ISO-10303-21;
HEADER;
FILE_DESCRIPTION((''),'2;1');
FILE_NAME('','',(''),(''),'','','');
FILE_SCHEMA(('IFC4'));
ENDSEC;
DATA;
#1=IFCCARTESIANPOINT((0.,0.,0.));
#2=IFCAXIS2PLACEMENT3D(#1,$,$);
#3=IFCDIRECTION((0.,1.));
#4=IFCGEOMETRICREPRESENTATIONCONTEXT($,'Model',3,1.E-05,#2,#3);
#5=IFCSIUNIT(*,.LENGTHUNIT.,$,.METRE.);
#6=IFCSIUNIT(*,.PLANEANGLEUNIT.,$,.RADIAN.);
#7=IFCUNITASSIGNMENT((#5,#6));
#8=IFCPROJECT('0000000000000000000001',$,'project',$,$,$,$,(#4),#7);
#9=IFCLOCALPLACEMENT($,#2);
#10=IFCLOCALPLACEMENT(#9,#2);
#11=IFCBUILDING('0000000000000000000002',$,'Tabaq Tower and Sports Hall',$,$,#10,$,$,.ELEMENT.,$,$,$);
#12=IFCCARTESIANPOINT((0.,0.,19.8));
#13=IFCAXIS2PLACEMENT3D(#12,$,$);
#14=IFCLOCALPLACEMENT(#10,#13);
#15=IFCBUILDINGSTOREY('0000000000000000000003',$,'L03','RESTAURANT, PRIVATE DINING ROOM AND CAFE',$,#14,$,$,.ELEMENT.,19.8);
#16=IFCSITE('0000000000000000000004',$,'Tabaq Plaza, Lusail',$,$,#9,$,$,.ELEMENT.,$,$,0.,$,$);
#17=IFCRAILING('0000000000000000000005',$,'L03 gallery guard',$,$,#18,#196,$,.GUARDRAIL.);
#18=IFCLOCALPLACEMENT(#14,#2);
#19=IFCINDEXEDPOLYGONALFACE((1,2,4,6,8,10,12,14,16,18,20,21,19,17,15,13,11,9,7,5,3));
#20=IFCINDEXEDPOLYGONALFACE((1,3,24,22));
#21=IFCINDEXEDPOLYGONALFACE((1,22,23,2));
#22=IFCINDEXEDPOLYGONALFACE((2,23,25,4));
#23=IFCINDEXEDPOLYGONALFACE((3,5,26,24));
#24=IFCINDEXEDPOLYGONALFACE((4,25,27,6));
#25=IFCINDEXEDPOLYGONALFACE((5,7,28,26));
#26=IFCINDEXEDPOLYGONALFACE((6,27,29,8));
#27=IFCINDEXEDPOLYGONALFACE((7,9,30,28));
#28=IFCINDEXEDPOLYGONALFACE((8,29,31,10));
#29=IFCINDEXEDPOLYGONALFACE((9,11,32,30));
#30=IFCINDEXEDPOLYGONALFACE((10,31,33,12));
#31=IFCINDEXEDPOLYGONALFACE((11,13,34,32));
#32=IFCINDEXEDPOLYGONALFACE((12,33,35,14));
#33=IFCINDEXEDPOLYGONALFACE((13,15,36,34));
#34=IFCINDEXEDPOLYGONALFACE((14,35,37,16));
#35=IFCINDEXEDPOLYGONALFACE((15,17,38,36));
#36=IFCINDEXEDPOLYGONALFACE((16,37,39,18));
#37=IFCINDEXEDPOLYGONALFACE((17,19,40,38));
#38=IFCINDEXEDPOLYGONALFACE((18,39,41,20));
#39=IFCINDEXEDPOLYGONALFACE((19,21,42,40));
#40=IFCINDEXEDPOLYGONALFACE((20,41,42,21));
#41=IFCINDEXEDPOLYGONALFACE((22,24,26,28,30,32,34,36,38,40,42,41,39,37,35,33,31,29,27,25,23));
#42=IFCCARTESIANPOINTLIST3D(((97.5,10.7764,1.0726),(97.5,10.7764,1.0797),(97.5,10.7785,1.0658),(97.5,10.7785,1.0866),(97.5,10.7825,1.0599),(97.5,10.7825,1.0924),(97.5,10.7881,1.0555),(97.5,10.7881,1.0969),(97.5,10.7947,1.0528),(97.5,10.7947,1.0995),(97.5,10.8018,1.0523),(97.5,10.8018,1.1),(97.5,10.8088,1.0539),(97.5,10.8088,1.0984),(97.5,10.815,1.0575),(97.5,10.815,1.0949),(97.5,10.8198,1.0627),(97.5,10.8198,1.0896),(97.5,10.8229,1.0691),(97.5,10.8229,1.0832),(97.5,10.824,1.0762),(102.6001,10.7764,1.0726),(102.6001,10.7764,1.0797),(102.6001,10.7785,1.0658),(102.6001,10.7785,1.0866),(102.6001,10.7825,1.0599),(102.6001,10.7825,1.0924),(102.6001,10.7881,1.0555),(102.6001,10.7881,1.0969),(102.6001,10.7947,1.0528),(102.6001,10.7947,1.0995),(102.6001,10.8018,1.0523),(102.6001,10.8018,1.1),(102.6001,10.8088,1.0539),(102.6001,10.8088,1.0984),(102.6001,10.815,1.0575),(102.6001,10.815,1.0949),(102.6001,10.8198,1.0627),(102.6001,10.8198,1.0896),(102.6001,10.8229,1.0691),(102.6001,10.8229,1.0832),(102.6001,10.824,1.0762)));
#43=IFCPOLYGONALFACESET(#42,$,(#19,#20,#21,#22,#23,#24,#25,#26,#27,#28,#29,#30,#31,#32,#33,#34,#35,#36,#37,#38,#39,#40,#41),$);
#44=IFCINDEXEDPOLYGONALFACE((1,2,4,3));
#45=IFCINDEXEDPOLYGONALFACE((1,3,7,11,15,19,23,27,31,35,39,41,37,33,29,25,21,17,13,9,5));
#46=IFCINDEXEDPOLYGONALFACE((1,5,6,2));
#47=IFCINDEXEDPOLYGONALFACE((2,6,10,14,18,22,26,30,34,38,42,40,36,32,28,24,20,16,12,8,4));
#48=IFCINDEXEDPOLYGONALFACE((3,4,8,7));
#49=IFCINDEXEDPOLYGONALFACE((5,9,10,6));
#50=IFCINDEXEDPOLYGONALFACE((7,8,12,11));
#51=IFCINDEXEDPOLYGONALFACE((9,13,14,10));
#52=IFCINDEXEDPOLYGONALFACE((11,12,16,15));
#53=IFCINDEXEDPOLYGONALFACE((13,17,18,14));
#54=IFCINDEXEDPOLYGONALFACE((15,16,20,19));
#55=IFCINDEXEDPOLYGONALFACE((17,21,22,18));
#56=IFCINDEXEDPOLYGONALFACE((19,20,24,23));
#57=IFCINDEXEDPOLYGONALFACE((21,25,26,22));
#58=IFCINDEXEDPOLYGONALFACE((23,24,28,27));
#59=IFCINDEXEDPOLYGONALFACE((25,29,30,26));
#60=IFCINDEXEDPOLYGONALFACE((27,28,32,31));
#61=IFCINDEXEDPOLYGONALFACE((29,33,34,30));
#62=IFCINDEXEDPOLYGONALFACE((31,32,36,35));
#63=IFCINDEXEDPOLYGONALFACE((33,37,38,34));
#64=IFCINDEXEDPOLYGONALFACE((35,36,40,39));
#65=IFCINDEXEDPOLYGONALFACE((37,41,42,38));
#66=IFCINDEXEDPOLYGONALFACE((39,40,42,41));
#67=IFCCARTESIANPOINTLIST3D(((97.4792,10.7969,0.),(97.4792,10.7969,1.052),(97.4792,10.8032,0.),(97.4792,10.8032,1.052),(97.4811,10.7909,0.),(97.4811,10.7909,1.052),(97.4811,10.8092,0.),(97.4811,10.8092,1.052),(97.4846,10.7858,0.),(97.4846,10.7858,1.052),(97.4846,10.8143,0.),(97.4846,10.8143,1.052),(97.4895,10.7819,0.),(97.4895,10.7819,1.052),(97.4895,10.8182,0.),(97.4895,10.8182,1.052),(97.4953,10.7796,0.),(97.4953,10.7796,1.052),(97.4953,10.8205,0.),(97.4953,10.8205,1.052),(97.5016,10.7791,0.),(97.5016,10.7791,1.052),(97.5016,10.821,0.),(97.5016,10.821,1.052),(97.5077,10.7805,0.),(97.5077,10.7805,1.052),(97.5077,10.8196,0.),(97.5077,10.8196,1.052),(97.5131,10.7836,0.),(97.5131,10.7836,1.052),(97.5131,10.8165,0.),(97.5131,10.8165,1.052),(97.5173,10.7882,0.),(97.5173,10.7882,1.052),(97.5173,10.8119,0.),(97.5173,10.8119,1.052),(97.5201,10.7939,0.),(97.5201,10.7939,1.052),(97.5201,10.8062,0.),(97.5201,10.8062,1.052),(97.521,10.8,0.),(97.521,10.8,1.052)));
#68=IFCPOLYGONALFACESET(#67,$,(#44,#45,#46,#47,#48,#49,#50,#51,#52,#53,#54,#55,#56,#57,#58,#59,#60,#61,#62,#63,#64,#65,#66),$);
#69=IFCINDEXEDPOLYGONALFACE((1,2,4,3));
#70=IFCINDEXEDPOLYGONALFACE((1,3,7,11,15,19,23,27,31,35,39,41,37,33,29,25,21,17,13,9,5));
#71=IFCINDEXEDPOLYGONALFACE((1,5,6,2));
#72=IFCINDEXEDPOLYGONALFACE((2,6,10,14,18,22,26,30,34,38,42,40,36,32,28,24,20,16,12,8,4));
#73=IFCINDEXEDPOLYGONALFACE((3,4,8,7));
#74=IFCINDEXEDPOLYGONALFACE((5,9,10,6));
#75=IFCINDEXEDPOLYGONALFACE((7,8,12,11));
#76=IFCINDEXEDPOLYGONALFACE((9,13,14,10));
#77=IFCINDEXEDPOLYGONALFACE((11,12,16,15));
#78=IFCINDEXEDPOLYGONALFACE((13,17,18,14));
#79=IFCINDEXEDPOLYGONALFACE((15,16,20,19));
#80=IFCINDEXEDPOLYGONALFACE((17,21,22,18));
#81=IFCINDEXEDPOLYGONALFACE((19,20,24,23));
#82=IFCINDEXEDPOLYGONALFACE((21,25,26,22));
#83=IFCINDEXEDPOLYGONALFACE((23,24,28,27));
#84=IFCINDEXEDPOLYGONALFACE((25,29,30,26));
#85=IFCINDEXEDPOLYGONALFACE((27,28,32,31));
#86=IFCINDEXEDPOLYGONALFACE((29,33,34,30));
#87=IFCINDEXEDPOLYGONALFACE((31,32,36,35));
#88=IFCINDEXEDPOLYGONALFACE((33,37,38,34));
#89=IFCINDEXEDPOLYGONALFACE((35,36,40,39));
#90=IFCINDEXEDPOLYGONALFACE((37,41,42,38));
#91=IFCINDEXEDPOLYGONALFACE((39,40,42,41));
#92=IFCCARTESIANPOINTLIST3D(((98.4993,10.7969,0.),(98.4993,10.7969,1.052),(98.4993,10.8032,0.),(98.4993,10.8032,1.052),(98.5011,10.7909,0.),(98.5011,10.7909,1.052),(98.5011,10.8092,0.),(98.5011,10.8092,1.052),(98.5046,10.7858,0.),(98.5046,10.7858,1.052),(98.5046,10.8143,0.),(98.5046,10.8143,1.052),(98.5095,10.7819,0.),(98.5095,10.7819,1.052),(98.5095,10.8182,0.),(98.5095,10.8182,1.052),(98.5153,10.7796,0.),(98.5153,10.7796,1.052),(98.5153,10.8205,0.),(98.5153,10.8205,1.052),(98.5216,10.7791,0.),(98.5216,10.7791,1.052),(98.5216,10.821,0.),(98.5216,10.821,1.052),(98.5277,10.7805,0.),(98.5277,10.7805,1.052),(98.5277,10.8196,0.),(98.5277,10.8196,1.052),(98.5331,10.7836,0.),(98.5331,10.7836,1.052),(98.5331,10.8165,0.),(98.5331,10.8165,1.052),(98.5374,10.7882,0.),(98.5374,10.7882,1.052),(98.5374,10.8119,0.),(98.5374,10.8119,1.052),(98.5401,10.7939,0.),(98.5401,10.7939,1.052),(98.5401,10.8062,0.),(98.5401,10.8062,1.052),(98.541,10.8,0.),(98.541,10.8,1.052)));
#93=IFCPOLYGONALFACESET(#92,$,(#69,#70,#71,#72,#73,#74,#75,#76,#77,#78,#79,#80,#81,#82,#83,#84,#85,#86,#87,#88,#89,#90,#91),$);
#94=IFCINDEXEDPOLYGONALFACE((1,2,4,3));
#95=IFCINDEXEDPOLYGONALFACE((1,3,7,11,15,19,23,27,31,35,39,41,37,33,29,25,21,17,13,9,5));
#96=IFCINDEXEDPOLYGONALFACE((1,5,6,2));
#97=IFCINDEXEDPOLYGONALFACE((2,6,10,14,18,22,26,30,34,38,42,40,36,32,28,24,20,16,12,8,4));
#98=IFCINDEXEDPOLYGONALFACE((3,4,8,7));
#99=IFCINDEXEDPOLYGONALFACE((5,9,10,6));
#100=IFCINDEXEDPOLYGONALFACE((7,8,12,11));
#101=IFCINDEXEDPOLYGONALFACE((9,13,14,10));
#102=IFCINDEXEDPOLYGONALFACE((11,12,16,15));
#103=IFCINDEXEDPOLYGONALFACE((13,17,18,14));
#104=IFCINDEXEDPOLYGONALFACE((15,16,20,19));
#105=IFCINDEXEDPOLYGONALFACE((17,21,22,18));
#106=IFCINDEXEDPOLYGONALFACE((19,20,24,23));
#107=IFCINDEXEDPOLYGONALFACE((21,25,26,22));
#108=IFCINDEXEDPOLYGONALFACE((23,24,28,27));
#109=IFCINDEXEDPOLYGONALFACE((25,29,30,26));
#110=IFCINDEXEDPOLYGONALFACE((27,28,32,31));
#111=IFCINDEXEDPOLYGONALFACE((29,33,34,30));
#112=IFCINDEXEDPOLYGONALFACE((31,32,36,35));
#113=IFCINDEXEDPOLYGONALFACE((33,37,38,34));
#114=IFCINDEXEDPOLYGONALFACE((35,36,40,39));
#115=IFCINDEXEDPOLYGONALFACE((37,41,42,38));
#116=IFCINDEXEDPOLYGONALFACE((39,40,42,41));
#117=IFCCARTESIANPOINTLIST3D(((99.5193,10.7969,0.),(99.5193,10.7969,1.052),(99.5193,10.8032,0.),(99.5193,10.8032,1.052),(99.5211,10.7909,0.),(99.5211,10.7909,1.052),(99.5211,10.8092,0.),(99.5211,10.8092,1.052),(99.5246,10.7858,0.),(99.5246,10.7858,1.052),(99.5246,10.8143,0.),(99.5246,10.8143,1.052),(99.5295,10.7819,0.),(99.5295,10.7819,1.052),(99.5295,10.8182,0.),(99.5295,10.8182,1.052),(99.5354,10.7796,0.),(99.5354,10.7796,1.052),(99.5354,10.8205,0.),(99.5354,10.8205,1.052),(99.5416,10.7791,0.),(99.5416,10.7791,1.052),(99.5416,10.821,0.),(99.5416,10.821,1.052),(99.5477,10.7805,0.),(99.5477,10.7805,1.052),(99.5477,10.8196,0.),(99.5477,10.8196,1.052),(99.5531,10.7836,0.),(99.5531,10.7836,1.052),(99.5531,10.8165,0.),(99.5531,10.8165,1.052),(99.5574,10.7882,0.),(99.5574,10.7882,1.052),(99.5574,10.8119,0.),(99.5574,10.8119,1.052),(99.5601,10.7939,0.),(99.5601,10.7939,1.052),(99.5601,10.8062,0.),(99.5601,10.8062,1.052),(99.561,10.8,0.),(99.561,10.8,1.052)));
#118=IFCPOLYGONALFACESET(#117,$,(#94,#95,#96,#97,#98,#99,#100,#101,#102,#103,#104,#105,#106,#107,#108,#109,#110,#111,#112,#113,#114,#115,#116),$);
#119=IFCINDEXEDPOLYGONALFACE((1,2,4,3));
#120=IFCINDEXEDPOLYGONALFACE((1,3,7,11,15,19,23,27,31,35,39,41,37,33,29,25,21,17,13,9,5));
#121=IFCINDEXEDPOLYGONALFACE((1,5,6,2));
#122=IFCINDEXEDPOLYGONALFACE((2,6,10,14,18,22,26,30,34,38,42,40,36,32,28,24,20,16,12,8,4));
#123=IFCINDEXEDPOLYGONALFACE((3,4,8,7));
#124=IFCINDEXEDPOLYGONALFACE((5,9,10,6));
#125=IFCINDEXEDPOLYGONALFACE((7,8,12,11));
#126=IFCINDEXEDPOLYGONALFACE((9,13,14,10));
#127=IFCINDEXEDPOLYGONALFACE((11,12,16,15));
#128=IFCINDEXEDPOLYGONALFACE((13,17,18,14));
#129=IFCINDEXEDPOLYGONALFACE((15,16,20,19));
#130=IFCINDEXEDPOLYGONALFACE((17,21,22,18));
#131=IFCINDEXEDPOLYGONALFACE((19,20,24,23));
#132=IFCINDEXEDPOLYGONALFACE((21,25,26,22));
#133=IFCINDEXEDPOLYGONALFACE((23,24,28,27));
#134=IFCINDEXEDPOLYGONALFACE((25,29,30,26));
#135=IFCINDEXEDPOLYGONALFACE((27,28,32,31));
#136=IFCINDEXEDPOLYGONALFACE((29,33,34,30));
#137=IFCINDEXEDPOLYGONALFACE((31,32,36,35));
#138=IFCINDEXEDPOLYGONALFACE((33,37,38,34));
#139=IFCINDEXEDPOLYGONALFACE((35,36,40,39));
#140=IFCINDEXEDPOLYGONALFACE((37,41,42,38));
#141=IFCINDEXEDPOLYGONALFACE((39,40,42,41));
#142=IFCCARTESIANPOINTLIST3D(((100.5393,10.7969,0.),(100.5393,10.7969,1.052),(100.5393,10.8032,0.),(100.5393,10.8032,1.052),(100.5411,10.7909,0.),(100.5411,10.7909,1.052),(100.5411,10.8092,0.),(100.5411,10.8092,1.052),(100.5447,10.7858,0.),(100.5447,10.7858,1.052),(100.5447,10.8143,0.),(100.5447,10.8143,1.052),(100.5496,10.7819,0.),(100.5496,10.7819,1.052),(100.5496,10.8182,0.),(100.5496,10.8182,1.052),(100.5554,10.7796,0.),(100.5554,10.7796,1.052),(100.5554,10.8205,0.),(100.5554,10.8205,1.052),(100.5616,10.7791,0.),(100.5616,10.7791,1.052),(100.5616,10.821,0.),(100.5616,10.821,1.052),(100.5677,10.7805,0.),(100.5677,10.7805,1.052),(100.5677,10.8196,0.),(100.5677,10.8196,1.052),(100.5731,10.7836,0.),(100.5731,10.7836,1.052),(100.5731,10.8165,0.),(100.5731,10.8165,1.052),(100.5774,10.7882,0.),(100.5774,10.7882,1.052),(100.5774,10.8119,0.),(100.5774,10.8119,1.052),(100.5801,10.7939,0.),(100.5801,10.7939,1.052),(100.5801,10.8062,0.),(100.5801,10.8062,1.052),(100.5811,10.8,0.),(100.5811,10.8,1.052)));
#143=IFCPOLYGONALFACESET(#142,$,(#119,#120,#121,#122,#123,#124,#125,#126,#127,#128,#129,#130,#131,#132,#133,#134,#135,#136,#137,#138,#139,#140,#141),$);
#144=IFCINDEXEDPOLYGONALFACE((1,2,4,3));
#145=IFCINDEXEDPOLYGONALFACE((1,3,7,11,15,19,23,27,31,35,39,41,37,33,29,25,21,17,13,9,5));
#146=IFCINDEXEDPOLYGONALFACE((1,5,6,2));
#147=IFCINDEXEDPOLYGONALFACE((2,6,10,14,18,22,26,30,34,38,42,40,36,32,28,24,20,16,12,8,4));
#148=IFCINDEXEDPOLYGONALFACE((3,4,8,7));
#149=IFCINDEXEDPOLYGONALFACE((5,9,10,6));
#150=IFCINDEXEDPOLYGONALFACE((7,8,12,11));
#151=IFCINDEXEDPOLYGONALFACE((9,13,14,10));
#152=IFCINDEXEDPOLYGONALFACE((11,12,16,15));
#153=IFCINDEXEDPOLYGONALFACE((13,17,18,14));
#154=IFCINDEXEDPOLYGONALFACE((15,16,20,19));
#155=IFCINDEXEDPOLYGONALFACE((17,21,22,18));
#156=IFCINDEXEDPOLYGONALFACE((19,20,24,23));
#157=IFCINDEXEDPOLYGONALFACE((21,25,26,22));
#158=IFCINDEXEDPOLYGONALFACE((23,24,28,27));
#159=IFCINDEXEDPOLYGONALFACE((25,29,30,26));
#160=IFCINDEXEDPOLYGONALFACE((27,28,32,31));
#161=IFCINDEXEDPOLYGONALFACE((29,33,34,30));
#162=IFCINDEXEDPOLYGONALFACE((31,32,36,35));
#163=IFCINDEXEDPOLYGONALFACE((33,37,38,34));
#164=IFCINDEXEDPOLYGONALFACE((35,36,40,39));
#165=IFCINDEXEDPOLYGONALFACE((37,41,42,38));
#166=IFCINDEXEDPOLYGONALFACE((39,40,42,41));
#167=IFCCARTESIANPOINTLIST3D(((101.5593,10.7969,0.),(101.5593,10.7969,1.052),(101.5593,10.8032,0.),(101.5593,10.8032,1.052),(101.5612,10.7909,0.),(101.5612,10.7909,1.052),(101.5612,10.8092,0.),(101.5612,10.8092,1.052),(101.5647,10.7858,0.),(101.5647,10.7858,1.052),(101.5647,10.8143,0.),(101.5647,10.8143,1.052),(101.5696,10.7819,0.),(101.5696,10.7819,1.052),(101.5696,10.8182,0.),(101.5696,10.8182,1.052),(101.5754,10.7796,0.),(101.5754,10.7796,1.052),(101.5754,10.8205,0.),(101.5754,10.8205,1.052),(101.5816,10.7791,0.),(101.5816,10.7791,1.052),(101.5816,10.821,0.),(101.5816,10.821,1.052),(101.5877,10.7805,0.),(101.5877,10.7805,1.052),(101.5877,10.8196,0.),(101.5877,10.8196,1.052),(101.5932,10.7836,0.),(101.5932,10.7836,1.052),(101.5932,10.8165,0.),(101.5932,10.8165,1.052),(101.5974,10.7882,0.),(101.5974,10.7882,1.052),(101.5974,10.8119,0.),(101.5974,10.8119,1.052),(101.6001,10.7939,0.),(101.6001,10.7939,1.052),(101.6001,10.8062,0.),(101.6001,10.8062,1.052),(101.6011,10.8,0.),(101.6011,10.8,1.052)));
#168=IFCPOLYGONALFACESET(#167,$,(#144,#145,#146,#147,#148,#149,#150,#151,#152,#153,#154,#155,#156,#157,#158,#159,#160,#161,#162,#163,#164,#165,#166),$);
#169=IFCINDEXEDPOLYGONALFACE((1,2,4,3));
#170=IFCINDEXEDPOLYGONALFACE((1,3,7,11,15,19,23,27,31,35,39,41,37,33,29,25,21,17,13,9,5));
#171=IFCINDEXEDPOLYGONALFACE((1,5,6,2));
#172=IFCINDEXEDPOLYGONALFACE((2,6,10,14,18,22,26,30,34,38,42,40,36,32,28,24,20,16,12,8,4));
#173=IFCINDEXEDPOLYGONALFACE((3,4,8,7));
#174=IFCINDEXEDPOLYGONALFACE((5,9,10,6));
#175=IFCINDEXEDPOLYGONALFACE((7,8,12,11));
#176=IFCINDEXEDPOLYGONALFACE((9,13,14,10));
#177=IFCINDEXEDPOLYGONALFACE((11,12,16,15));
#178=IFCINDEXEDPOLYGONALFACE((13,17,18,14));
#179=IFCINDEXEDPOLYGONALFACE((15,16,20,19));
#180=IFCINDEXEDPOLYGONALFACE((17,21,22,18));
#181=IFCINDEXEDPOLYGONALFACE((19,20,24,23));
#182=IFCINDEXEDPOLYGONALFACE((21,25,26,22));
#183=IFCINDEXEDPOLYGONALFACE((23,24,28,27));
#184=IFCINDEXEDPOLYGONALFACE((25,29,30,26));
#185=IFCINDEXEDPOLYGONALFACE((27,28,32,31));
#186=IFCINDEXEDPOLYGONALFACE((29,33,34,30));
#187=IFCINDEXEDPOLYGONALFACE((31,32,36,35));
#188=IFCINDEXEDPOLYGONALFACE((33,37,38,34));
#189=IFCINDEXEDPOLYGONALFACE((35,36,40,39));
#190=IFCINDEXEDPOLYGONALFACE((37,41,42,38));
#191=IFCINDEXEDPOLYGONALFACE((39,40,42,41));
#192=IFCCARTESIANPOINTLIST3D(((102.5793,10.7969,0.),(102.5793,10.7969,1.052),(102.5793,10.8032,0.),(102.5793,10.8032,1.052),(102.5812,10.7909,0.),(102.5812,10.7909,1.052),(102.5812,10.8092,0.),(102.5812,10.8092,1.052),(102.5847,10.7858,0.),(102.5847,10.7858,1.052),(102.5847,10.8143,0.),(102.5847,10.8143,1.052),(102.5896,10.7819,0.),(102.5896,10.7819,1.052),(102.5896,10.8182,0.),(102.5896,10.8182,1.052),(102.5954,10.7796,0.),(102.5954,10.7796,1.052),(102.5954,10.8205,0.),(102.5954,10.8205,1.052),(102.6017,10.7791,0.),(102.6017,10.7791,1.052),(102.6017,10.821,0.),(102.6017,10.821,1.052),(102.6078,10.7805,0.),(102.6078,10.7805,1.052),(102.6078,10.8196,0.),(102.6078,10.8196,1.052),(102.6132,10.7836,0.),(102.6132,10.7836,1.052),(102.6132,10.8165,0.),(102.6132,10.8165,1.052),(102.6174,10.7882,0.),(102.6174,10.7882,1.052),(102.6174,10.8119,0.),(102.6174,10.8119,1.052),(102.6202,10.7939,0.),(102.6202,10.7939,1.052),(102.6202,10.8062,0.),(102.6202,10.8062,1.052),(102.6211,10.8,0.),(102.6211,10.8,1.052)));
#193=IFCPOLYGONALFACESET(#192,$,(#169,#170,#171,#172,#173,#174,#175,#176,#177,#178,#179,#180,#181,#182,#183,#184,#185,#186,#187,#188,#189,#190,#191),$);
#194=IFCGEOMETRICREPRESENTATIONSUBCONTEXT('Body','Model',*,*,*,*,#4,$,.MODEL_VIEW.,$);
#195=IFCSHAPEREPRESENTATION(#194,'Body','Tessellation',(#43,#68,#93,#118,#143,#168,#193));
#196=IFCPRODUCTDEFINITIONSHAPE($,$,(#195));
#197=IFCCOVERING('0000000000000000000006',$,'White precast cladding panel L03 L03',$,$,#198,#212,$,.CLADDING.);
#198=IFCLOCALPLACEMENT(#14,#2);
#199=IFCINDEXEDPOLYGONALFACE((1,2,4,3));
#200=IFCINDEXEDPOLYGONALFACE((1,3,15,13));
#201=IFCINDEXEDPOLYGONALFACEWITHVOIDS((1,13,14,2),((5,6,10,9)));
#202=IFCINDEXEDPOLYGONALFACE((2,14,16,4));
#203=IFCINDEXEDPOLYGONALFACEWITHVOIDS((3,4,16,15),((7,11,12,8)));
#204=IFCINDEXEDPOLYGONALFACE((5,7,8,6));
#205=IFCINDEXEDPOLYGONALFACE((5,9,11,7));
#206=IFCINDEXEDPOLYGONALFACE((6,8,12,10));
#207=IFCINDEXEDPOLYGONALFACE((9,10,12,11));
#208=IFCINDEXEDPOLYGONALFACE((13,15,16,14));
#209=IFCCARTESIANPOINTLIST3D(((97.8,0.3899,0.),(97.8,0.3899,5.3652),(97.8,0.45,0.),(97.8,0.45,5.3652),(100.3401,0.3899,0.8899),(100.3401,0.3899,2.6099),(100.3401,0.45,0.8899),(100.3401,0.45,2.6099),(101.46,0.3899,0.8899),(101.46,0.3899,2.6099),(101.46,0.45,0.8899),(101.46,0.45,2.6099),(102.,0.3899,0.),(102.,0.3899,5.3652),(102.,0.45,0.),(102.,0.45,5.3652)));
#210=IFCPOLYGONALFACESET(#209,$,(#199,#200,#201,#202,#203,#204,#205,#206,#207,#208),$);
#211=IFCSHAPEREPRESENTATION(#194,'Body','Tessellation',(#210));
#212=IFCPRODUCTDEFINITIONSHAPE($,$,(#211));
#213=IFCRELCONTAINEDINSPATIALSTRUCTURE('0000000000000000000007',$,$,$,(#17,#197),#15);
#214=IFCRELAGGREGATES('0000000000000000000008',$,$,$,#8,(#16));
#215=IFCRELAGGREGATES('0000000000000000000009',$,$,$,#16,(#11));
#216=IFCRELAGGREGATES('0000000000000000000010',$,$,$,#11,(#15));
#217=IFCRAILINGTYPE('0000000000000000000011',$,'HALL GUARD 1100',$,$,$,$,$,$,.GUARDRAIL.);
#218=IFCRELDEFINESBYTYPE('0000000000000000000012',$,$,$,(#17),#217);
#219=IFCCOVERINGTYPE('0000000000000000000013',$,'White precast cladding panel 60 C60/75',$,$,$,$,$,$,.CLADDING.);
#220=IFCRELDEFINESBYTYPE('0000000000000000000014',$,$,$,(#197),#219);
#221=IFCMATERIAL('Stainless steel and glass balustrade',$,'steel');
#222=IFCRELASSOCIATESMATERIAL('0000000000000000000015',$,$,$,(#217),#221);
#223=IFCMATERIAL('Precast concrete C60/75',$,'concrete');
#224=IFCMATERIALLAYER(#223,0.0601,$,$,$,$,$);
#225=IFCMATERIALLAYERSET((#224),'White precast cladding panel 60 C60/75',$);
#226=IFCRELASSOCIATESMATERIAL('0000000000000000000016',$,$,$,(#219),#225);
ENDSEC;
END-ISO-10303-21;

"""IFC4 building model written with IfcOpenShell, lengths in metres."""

from ifc_helpers import new_model, si_unit, direction, frame, origin, origin_2d, place, context, subcontext, project, spatial, polyline, circle, outline, extrude, material, layer, layer_set, type_object, element, save


model = new_model("IFC4")

# Units and contexts
model_context = context("Model", 3, precision=1e-05, world=origin(), true_north=direction((0.0, 1.0)))
body_context = subcontext(model_context, "Body", "Model", "MODEL_VIEW")
ifc_project = project(units=[si_unit("LENGTHUNIT", "METRE"), si_unit("PLANEANGLEUNIT", "RADIAN")], contexts=[model_context])

# Site, building, storey
site_placement = place(None, origin())
site = spatial("IfcSite", under=ifc_project, at=site_placement, Name="Tabaq Plaza, Lusail", CompositionType="ELEMENT", RefElevation=0.0)
building_placement = place(site_placement, origin())
building = spatial("IfcBuilding", under=site, at=building_placement, Name="Tabaq Tower and Sports Hall", CompositionType="ELEMENT")
storey_placement = place(building_placement, frame((0.0, 0.0, 19.8)))
storey = spatial("IfcBuildingStorey", under=building, at=storey_placement, Name="L03", Description="RESTAURANT, PRIVATE DINING ROOM AND CAFE", CompositionType="ELEMENT", Elevation=19.8)

# Railing
ifc_material_1 = material(Name="Stainless steel and glass balustrade", Category="steel")
railing_type = type_object("IfcRailingType", Name="HALL GUARD 1100", PredefinedType="GUARDRAIL", material=ifc_material_1)
railing_placement = place(storey_placement, frame((97.5, 10.8, 0.0)))
element("IfcRailing", 1, at=railing_placement, inside=storey, type_object=railing_type, Name="L03 gallery guard", PredefinedType="GUARDRAIL", context=body_context, shape_type="SweptSolid", body=[
    extrude(circle(Radius=0.0239, at=origin_2d()), frame((0.0, 0.0, 1.0762), z_axis=(1.0, 0.0, 0.0), x_axis=(0.0, 1.0, 0.0)), (0.0, 0.0, 1.0), 5.1001),
    extrude(circle(Radius=0.021, at=origin_2d()), origin(), (0.0, 0.0, 1.0), 1.052),
    extrude(circle(Radius=0.021, at=origin_2d()), frame((1.02, 0.0, 0.0)), (0.0, 0.0, 1.0), 1.052),
    extrude(circle(Radius=0.021, at=origin_2d()), frame((2.04, 0.0, 0.0)), (0.0, 0.0, 1.0), 1.052),
    extrude(circle(Radius=0.021, at=origin_2d()), frame((3.0601, 0.0, 0.0)), (0.0, 0.0, 1.0), 1.052),
    extrude(circle(Radius=0.021, at=origin_2d()), frame((4.0801, 0.0, 0.0)), (0.0, 0.0, 1.0), 1.052),
    extrude(circle(Radius=0.021, at=origin_2d()), frame((5.1001, 0.0, 0.0)), (0.0, 0.0, 1.0), 1.052),
])

# Covering
ifc_material_2 = material(Name="Precast concrete C60/75", Category="concrete")
ifc_layer_1 = layer(ifc_material_2, 0.0601)
ifc_layer_set_1 = layer_set([ifc_layer_1], Name="White precast cladding panel 60 C60/75")
covering_type = type_object("IfcCoveringType", Name="White precast cladding panel 60 C60/75", PredefinedType="CLADDING", material=ifc_layer_set_1)
covering_placement = place(storey_placement, frame((97.8, 0.4199, 0.0), z_axis=(0.0, 0.0, 1.0), x_axis=(1.0, 0.0, 0.0)))
element("IfcCovering", 2, at=covering_placement, inside=storey, type_object=covering_type, Name="White precast cladding panel L03 L03", PredefinedType="CLADDING", context=body_context, shape_type="SweptSolid", body=[
    extrude(outline(polyline([(0.0, 0.0), (4.2, 0.0), (4.2, 5.3652), (0.0, 5.3652), (0.0, 0.0)]), holes=[polyline([(2.54, 0.8899), (2.54, 2.6099), (3.6599, 2.6099), (3.6599, 0.8899), (2.54, 0.8899)])]), frame((0.0, 0.03, 0.0), z_axis=(0.0, -1.0, 0.0), x_axis=(1.0, 0.0, 0.0)), (0.0, 0.0, 1.0), 0.0601),
])

save(model, "model.ifc")
